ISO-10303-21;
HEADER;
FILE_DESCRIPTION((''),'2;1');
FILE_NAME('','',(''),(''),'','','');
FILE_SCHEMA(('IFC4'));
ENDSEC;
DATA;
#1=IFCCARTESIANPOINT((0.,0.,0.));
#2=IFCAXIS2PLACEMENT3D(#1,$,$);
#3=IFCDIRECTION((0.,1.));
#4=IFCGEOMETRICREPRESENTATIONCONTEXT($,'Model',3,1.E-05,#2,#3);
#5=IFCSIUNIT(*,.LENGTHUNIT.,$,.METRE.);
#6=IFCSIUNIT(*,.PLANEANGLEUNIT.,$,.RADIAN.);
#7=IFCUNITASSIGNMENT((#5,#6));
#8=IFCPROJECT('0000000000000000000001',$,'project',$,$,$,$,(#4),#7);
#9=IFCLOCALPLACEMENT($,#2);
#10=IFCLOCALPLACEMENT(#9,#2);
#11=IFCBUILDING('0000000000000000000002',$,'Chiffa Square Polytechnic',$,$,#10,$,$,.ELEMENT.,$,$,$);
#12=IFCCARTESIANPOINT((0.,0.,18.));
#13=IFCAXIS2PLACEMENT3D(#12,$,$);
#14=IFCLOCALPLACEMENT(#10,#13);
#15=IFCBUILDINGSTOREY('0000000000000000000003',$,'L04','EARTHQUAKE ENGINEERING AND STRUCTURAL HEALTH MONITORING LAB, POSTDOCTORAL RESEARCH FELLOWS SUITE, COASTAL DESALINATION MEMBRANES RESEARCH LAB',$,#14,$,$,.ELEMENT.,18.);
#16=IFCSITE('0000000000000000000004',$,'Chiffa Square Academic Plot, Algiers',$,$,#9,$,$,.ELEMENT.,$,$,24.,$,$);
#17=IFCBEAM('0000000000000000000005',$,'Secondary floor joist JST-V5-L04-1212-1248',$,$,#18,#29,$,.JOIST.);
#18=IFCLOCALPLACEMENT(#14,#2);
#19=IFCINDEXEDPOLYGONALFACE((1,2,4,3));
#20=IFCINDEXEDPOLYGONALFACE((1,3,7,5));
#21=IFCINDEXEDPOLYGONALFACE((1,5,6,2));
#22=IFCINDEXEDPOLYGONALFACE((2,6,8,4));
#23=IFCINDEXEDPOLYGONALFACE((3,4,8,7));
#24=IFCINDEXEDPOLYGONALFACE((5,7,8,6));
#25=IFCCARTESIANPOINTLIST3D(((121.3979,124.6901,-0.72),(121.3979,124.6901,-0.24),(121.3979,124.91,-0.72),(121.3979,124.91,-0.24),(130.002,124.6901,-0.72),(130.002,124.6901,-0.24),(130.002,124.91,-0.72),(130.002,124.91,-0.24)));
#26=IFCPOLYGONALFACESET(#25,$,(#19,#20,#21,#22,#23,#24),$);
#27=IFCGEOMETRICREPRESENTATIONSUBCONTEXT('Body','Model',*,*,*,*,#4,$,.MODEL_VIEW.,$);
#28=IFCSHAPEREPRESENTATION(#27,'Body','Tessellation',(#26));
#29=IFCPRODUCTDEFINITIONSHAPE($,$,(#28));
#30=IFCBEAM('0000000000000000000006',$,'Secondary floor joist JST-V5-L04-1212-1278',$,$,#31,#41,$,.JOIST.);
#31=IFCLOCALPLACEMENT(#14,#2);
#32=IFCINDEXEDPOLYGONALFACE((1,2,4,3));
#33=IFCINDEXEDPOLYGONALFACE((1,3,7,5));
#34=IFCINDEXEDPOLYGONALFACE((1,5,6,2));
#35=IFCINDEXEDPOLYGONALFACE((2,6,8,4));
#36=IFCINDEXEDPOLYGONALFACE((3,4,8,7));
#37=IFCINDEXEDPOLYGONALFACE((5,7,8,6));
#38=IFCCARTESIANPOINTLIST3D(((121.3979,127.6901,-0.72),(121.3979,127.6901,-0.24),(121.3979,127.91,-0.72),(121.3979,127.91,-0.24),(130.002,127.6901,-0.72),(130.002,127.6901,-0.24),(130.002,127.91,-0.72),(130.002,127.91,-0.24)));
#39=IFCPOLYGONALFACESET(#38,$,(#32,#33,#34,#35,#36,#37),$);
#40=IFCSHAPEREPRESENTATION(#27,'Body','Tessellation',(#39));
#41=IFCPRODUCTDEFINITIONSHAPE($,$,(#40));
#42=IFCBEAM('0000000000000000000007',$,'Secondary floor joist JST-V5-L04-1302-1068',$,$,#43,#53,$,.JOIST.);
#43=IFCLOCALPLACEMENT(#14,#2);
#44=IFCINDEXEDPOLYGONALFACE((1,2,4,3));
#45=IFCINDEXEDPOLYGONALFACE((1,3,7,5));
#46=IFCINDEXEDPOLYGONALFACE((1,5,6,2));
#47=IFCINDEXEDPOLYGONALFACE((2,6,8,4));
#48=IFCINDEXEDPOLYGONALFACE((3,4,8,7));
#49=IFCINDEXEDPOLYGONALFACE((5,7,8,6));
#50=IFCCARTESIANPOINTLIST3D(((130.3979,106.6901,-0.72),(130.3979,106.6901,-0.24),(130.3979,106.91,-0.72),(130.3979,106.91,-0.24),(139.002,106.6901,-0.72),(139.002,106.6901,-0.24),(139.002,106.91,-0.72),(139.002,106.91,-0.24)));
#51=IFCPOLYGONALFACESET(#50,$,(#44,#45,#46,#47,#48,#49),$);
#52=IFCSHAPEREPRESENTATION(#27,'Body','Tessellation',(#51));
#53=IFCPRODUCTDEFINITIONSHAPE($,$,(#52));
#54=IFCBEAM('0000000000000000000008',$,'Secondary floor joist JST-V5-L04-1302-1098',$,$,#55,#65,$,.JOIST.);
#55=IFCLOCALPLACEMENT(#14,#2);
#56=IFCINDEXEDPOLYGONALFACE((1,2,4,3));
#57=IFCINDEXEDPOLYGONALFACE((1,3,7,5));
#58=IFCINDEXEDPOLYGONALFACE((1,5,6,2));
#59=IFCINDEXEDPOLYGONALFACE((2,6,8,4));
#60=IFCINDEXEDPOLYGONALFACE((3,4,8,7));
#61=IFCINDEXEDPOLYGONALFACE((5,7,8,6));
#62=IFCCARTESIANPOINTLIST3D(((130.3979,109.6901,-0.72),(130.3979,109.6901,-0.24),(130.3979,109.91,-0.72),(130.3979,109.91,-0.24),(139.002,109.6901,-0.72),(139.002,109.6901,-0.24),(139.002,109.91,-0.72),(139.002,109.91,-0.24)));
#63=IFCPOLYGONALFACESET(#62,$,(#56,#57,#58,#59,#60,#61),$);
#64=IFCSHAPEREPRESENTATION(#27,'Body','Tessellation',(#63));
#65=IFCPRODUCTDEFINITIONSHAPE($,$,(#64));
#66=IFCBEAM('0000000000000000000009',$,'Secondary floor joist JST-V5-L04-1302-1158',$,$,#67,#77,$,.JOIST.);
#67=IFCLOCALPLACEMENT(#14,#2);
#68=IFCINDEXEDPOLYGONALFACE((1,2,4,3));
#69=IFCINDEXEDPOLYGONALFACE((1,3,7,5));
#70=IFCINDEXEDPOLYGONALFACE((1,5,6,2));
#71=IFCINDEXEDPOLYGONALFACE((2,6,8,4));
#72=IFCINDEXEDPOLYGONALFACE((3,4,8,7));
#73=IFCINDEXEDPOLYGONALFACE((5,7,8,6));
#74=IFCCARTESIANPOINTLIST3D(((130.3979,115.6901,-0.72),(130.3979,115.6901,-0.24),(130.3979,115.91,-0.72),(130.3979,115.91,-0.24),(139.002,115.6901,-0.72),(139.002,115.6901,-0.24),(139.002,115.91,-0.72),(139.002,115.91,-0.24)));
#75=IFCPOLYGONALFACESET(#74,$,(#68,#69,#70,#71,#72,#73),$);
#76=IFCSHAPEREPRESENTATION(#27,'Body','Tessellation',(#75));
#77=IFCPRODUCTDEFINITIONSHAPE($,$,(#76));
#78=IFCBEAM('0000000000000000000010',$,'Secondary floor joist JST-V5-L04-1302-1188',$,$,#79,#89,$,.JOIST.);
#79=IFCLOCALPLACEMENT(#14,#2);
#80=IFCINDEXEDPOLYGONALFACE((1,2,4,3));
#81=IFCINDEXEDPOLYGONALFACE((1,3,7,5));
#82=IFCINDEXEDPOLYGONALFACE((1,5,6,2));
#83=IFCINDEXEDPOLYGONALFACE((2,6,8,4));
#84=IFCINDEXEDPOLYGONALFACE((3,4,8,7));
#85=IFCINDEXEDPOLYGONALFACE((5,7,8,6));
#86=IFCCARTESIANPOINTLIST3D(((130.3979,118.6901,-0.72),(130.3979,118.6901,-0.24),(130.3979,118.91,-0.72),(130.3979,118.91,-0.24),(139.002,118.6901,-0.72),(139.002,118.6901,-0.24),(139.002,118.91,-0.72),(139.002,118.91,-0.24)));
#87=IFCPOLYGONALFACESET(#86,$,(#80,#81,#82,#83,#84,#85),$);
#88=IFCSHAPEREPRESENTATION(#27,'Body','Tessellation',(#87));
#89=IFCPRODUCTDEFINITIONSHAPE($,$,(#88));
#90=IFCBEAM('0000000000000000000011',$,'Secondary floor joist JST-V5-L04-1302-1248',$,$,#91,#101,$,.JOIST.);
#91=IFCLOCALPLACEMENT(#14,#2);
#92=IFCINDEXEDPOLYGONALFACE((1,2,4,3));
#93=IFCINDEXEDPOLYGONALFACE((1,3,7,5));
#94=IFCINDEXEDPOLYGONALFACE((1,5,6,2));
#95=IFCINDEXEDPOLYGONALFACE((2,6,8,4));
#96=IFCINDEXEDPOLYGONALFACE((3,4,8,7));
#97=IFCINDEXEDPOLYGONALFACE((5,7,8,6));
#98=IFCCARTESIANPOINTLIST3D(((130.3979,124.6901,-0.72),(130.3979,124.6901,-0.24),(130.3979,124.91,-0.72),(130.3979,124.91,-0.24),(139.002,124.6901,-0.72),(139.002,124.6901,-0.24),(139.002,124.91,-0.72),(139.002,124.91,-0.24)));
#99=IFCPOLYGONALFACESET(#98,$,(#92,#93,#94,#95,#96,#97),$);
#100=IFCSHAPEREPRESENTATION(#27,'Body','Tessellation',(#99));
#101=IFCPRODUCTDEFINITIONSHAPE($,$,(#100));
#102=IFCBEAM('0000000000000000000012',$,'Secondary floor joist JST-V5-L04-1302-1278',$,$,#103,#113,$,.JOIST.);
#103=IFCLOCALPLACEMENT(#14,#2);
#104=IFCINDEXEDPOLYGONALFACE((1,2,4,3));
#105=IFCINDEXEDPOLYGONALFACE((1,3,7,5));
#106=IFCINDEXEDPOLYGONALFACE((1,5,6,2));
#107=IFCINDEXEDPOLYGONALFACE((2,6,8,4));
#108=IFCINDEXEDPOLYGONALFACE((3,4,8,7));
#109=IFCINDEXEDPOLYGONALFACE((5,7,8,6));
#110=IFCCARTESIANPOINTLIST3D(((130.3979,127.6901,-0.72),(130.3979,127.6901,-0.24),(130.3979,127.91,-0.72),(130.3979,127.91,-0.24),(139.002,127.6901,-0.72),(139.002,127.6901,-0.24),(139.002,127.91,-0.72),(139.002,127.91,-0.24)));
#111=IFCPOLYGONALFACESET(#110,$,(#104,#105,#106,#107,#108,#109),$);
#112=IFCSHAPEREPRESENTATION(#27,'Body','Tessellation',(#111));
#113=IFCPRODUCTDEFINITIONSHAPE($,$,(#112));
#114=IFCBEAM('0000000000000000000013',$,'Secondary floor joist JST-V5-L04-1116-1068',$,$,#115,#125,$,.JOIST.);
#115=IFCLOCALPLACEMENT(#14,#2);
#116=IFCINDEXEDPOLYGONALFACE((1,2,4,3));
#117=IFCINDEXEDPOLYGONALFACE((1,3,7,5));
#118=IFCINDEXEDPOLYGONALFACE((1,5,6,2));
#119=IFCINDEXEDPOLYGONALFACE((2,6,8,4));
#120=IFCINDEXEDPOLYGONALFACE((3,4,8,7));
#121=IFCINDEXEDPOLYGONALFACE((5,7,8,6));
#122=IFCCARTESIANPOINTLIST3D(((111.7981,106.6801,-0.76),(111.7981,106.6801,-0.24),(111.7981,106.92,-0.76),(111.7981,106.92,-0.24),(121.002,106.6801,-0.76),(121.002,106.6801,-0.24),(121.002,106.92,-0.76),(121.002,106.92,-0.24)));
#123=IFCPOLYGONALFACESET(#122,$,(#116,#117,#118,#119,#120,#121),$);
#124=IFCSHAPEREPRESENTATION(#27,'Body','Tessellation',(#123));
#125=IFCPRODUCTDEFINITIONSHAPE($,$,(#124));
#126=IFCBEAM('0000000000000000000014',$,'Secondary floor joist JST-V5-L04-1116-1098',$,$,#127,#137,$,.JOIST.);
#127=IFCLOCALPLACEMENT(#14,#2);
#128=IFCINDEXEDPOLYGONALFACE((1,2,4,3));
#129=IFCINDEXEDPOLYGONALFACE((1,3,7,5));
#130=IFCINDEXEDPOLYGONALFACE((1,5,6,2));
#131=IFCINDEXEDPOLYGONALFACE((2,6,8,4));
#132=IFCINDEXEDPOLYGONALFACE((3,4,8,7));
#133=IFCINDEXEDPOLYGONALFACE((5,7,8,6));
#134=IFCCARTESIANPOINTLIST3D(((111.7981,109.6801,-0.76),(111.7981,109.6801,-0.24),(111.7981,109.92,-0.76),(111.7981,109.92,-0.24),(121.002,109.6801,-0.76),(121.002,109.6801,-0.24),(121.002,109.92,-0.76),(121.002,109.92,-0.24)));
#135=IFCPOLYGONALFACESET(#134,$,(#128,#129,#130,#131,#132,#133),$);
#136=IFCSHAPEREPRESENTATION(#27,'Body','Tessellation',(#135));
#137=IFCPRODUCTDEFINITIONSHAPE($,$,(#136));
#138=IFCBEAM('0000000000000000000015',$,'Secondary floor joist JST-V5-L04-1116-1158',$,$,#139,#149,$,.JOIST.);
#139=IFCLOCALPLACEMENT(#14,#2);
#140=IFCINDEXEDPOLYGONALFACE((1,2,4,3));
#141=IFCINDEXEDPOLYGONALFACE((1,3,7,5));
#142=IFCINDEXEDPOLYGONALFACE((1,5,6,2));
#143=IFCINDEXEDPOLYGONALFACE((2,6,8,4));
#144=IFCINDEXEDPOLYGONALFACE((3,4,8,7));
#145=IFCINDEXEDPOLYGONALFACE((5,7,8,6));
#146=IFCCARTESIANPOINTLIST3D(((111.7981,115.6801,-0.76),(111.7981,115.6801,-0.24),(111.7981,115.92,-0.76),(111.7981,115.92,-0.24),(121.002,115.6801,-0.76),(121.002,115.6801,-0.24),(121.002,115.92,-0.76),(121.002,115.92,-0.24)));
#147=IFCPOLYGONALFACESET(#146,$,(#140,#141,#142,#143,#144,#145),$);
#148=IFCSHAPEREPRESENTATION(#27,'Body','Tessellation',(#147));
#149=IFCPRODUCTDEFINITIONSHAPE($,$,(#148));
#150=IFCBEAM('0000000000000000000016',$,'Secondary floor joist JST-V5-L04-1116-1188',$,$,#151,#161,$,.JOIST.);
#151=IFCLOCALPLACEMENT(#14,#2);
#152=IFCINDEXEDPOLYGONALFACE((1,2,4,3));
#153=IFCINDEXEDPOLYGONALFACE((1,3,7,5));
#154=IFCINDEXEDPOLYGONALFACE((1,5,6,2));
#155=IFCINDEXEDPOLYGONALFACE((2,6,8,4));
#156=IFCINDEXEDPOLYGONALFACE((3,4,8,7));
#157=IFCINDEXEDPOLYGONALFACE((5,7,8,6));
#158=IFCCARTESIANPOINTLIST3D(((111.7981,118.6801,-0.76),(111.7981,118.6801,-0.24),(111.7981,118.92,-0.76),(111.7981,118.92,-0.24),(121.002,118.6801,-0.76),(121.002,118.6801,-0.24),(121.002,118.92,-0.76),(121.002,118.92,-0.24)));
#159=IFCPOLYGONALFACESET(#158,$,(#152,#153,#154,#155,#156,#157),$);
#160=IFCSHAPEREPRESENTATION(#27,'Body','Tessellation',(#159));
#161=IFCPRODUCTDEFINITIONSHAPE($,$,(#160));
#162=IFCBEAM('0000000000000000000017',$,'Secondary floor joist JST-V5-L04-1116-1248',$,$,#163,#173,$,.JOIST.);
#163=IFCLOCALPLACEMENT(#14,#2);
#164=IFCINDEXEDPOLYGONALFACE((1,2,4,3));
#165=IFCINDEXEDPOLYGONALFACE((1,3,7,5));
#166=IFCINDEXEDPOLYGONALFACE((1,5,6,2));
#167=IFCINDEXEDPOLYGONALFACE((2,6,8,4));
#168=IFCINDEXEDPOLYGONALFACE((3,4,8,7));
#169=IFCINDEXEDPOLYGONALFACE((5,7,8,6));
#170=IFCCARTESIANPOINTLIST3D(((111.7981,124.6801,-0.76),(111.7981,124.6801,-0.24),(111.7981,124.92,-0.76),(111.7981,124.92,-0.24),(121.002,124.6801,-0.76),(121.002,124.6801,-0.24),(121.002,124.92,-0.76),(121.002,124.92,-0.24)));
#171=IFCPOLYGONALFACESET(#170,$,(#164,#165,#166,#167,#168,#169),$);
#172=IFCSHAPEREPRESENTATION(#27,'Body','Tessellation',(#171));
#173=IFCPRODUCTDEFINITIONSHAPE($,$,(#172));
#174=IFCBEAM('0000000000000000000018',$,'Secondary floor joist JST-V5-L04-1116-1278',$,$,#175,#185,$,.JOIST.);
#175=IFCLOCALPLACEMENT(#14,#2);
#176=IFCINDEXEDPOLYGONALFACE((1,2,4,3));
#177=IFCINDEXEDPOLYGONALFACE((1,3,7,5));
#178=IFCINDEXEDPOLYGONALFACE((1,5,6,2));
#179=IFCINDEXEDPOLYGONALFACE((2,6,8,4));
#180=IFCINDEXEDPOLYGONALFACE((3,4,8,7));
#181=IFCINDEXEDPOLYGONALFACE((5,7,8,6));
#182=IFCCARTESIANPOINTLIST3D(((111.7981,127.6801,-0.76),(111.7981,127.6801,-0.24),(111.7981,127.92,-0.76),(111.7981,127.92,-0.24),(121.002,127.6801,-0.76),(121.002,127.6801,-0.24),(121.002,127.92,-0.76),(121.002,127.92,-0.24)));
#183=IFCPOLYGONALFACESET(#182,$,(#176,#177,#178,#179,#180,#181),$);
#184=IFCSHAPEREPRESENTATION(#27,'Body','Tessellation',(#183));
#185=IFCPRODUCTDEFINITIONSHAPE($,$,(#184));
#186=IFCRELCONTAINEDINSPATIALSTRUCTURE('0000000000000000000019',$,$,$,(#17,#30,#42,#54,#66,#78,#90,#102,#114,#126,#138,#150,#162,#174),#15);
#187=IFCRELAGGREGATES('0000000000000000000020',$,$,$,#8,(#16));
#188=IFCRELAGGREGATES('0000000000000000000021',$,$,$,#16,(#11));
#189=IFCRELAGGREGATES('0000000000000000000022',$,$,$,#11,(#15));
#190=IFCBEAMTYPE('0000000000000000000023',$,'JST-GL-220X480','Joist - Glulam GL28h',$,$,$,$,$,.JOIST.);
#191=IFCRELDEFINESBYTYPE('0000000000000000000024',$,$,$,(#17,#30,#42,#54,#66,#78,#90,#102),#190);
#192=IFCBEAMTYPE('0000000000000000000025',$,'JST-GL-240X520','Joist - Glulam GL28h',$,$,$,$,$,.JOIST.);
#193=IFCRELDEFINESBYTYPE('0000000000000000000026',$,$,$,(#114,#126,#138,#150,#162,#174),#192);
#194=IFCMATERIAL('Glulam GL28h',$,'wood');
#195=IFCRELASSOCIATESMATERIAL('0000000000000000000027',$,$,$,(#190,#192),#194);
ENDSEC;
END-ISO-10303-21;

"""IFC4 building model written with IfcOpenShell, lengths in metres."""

from ifc_helpers import new_model, si_unit, direction, frame, origin, origin_2d, place, context, subcontext, project, spatial, rectangle, extrude, material, material_profile, profile_set, type_object, element, save


model = new_model("IFC4")

# Units and contexts
model_context = context("Model", 3, precision=1e-05, world=origin(), true_north=direction((0.0, 1.0)))
body_context = subcontext(model_context, "Body", "Model", "MODEL_VIEW")
ifc_project = project(units=[si_unit("LENGTHUNIT", "METRE"), si_unit("PLANEANGLEUNIT", "RADIAN")], contexts=[model_context])

# Site, building, storey
site_placement = place(None, origin())
site = spatial("IfcSite", under=ifc_project, at=site_placement, Name="Chiffa Square Academic Plot, Algiers", CompositionType="ELEMENT", RefElevation=24.0)
building_placement = place(site_placement, origin())
building = spatial("IfcBuilding", under=site, at=building_placement, Name="Chiffa Square Polytechnic", CompositionType="ELEMENT")
storey_placement = place(building_placement, frame((0.0, 0.0, 18.0)))
storey = spatial("IfcBuildingStorey", under=building, at=storey_placement, Name="L04", Description="EARTHQUAKE ENGINEERING AND STRUCTURAL HEALTH MONITORING LAB, POSTDOCTORAL RESEARCH FELLOWS SUITE, COASTAL DESALINATION MEMBRANES RESEARCH LAB", CompositionType="ELEMENT", Elevation=18.0)

# Beams
ifc_material_1 = material(Name="Glulam GL28h", Category="wood")
ifc_material_profile_1 = material_profile(ifc_material_1, rectangle(XDim=0.22, YDim=0.48, at=origin_2d()), Name="GL28h 220x480")
ifc_profile_set_1 = profile_set([ifc_material_profile_1], Name="Glulam GL28h")
beam_type_1 = type_object("IfcBeamType", Name="JST-GL-220X480", Description="Joist - Glulam GL28h", PredefinedType="JOIST", material=ifc_profile_set_1)
for number, where, z_axis, x_axis, name in (
    (1, (121.3979, 124.8, -0.48), (1.0, 0.0, 0.0), (0.0, 1.0, 0.0), "Secondary floor joist JST-V5-L04-1212-1248"),
    (2, (121.3979, 127.8, -0.48), (1.0, 0.0, 0.0), (0.0, 1.0, 0.0), "Secondary floor joist JST-V5-L04-1212-1278"),
    (3, (130.3979, 106.8, -0.48), (1.0, 0.0, 0.0), (0.0, 1.0, 0.0), "Secondary floor joist JST-V5-L04-1302-1068"),
    (4, (130.3979, 109.8, -0.48), (1.0, 0.0, 0.0), (0.0, 1.0, 0.0), "Secondary floor joist JST-V5-L04-1302-1098"),
    (5, (130.3979, 115.8, -0.48), (1.0, 0.0, 0.0), (0.0, 1.0, 0.0), "Secondary floor joist JST-V5-L04-1302-1158"),
    (6, (130.3979, 118.8, -0.48), (1.0, 0.0, 0.0), (0.0, 1.0, 0.0), "Secondary floor joist JST-V5-L04-1302-1188"),
    (7, (130.3979, 124.8, -0.48), (1.0, 0.0, 0.0), (0.0, 1.0, 0.0), "Secondary floor joist JST-V5-L04-1302-1248"),
    (8, (130.3979, 127.8, -0.48), (1.0, 0.0, 0.0), (0.0, 1.0, 0.0), "Secondary floor joist JST-V5-L04-1302-1278"),
):
    element("IfcBeam", number, at=place(storey_placement, frame(where, z_axis=z_axis, x_axis=x_axis)), inside=storey, type_object=beam_type_1, Name=name, PredefinedType="JOIST", context=body_context, shape_type="SweptSolid", body=[
        extrude(rectangle(XDim=0.22, YDim=0.48, at=origin_2d()), origin(), (0.0, 0.0, 1.0), 8.604),
    ])
ifc_material_profile_2 = material_profile(ifc_material_1, rectangle(XDim=0.24, YDim=0.52, at=origin_2d()), Name="GL28h 240x520")
ifc_profile_set_2 = profile_set([ifc_material_profile_2], Name="Glulam GL28h")
beam_type_2 = type_object("IfcBeamType", Name="JST-GL-240X520", Description="Joist - Glulam GL28h", PredefinedType="JOIST", material=ifc_profile_set_2)
for number, where, z_axis, x_axis, name in (
    (9, (111.7981, 106.8, -0.5), (1.0, 0.0, 0.0), (0.0, 1.0, 0.0), "Secondary floor joist JST-V5-L04-1116-1068"),
    (10, (111.7981, 109.8, -0.5), (1.0, 0.0, 0.0), (0.0, 1.0, 0.0), "Secondary floor joist JST-V5-L04-1116-1098"),
    (11, (111.7981, 115.8, -0.5), (1.0, 0.0, 0.0), (0.0, 1.0, 0.0), "Secondary floor joist JST-V5-L04-1116-1158"),
    (12, (111.7981, 118.8, -0.5), (1.0, 0.0, 0.0), (0.0, 1.0, 0.0), "Secondary floor joist JST-V5-L04-1116-1188"),
    (13, (111.7981, 124.8, -0.5), (1.0, 0.0, 0.0), (0.0, 1.0, 0.0), "Secondary floor joist JST-V5-L04-1116-1248"),
    (14, (111.7981, 127.8, -0.5), (1.0, 0.0, 0.0), (0.0, 1.0, 0.0), "Secondary floor joist JST-V5-L04-1116-1278"),
):
    element("IfcBeam", number, at=place(storey_placement, frame(where, z_axis=z_axis, x_axis=x_axis)), inside=storey, type_object=beam_type_2, Name=name, PredefinedType="JOIST", context=body_context, shape_type="SweptSolid", body=[
        extrude(rectangle(XDim=0.24, YDim=0.52, at=origin_2d()), origin(), (0.0, 0.0, 1.0), 9.2039),
    ])

save(model, "model.ifc")
